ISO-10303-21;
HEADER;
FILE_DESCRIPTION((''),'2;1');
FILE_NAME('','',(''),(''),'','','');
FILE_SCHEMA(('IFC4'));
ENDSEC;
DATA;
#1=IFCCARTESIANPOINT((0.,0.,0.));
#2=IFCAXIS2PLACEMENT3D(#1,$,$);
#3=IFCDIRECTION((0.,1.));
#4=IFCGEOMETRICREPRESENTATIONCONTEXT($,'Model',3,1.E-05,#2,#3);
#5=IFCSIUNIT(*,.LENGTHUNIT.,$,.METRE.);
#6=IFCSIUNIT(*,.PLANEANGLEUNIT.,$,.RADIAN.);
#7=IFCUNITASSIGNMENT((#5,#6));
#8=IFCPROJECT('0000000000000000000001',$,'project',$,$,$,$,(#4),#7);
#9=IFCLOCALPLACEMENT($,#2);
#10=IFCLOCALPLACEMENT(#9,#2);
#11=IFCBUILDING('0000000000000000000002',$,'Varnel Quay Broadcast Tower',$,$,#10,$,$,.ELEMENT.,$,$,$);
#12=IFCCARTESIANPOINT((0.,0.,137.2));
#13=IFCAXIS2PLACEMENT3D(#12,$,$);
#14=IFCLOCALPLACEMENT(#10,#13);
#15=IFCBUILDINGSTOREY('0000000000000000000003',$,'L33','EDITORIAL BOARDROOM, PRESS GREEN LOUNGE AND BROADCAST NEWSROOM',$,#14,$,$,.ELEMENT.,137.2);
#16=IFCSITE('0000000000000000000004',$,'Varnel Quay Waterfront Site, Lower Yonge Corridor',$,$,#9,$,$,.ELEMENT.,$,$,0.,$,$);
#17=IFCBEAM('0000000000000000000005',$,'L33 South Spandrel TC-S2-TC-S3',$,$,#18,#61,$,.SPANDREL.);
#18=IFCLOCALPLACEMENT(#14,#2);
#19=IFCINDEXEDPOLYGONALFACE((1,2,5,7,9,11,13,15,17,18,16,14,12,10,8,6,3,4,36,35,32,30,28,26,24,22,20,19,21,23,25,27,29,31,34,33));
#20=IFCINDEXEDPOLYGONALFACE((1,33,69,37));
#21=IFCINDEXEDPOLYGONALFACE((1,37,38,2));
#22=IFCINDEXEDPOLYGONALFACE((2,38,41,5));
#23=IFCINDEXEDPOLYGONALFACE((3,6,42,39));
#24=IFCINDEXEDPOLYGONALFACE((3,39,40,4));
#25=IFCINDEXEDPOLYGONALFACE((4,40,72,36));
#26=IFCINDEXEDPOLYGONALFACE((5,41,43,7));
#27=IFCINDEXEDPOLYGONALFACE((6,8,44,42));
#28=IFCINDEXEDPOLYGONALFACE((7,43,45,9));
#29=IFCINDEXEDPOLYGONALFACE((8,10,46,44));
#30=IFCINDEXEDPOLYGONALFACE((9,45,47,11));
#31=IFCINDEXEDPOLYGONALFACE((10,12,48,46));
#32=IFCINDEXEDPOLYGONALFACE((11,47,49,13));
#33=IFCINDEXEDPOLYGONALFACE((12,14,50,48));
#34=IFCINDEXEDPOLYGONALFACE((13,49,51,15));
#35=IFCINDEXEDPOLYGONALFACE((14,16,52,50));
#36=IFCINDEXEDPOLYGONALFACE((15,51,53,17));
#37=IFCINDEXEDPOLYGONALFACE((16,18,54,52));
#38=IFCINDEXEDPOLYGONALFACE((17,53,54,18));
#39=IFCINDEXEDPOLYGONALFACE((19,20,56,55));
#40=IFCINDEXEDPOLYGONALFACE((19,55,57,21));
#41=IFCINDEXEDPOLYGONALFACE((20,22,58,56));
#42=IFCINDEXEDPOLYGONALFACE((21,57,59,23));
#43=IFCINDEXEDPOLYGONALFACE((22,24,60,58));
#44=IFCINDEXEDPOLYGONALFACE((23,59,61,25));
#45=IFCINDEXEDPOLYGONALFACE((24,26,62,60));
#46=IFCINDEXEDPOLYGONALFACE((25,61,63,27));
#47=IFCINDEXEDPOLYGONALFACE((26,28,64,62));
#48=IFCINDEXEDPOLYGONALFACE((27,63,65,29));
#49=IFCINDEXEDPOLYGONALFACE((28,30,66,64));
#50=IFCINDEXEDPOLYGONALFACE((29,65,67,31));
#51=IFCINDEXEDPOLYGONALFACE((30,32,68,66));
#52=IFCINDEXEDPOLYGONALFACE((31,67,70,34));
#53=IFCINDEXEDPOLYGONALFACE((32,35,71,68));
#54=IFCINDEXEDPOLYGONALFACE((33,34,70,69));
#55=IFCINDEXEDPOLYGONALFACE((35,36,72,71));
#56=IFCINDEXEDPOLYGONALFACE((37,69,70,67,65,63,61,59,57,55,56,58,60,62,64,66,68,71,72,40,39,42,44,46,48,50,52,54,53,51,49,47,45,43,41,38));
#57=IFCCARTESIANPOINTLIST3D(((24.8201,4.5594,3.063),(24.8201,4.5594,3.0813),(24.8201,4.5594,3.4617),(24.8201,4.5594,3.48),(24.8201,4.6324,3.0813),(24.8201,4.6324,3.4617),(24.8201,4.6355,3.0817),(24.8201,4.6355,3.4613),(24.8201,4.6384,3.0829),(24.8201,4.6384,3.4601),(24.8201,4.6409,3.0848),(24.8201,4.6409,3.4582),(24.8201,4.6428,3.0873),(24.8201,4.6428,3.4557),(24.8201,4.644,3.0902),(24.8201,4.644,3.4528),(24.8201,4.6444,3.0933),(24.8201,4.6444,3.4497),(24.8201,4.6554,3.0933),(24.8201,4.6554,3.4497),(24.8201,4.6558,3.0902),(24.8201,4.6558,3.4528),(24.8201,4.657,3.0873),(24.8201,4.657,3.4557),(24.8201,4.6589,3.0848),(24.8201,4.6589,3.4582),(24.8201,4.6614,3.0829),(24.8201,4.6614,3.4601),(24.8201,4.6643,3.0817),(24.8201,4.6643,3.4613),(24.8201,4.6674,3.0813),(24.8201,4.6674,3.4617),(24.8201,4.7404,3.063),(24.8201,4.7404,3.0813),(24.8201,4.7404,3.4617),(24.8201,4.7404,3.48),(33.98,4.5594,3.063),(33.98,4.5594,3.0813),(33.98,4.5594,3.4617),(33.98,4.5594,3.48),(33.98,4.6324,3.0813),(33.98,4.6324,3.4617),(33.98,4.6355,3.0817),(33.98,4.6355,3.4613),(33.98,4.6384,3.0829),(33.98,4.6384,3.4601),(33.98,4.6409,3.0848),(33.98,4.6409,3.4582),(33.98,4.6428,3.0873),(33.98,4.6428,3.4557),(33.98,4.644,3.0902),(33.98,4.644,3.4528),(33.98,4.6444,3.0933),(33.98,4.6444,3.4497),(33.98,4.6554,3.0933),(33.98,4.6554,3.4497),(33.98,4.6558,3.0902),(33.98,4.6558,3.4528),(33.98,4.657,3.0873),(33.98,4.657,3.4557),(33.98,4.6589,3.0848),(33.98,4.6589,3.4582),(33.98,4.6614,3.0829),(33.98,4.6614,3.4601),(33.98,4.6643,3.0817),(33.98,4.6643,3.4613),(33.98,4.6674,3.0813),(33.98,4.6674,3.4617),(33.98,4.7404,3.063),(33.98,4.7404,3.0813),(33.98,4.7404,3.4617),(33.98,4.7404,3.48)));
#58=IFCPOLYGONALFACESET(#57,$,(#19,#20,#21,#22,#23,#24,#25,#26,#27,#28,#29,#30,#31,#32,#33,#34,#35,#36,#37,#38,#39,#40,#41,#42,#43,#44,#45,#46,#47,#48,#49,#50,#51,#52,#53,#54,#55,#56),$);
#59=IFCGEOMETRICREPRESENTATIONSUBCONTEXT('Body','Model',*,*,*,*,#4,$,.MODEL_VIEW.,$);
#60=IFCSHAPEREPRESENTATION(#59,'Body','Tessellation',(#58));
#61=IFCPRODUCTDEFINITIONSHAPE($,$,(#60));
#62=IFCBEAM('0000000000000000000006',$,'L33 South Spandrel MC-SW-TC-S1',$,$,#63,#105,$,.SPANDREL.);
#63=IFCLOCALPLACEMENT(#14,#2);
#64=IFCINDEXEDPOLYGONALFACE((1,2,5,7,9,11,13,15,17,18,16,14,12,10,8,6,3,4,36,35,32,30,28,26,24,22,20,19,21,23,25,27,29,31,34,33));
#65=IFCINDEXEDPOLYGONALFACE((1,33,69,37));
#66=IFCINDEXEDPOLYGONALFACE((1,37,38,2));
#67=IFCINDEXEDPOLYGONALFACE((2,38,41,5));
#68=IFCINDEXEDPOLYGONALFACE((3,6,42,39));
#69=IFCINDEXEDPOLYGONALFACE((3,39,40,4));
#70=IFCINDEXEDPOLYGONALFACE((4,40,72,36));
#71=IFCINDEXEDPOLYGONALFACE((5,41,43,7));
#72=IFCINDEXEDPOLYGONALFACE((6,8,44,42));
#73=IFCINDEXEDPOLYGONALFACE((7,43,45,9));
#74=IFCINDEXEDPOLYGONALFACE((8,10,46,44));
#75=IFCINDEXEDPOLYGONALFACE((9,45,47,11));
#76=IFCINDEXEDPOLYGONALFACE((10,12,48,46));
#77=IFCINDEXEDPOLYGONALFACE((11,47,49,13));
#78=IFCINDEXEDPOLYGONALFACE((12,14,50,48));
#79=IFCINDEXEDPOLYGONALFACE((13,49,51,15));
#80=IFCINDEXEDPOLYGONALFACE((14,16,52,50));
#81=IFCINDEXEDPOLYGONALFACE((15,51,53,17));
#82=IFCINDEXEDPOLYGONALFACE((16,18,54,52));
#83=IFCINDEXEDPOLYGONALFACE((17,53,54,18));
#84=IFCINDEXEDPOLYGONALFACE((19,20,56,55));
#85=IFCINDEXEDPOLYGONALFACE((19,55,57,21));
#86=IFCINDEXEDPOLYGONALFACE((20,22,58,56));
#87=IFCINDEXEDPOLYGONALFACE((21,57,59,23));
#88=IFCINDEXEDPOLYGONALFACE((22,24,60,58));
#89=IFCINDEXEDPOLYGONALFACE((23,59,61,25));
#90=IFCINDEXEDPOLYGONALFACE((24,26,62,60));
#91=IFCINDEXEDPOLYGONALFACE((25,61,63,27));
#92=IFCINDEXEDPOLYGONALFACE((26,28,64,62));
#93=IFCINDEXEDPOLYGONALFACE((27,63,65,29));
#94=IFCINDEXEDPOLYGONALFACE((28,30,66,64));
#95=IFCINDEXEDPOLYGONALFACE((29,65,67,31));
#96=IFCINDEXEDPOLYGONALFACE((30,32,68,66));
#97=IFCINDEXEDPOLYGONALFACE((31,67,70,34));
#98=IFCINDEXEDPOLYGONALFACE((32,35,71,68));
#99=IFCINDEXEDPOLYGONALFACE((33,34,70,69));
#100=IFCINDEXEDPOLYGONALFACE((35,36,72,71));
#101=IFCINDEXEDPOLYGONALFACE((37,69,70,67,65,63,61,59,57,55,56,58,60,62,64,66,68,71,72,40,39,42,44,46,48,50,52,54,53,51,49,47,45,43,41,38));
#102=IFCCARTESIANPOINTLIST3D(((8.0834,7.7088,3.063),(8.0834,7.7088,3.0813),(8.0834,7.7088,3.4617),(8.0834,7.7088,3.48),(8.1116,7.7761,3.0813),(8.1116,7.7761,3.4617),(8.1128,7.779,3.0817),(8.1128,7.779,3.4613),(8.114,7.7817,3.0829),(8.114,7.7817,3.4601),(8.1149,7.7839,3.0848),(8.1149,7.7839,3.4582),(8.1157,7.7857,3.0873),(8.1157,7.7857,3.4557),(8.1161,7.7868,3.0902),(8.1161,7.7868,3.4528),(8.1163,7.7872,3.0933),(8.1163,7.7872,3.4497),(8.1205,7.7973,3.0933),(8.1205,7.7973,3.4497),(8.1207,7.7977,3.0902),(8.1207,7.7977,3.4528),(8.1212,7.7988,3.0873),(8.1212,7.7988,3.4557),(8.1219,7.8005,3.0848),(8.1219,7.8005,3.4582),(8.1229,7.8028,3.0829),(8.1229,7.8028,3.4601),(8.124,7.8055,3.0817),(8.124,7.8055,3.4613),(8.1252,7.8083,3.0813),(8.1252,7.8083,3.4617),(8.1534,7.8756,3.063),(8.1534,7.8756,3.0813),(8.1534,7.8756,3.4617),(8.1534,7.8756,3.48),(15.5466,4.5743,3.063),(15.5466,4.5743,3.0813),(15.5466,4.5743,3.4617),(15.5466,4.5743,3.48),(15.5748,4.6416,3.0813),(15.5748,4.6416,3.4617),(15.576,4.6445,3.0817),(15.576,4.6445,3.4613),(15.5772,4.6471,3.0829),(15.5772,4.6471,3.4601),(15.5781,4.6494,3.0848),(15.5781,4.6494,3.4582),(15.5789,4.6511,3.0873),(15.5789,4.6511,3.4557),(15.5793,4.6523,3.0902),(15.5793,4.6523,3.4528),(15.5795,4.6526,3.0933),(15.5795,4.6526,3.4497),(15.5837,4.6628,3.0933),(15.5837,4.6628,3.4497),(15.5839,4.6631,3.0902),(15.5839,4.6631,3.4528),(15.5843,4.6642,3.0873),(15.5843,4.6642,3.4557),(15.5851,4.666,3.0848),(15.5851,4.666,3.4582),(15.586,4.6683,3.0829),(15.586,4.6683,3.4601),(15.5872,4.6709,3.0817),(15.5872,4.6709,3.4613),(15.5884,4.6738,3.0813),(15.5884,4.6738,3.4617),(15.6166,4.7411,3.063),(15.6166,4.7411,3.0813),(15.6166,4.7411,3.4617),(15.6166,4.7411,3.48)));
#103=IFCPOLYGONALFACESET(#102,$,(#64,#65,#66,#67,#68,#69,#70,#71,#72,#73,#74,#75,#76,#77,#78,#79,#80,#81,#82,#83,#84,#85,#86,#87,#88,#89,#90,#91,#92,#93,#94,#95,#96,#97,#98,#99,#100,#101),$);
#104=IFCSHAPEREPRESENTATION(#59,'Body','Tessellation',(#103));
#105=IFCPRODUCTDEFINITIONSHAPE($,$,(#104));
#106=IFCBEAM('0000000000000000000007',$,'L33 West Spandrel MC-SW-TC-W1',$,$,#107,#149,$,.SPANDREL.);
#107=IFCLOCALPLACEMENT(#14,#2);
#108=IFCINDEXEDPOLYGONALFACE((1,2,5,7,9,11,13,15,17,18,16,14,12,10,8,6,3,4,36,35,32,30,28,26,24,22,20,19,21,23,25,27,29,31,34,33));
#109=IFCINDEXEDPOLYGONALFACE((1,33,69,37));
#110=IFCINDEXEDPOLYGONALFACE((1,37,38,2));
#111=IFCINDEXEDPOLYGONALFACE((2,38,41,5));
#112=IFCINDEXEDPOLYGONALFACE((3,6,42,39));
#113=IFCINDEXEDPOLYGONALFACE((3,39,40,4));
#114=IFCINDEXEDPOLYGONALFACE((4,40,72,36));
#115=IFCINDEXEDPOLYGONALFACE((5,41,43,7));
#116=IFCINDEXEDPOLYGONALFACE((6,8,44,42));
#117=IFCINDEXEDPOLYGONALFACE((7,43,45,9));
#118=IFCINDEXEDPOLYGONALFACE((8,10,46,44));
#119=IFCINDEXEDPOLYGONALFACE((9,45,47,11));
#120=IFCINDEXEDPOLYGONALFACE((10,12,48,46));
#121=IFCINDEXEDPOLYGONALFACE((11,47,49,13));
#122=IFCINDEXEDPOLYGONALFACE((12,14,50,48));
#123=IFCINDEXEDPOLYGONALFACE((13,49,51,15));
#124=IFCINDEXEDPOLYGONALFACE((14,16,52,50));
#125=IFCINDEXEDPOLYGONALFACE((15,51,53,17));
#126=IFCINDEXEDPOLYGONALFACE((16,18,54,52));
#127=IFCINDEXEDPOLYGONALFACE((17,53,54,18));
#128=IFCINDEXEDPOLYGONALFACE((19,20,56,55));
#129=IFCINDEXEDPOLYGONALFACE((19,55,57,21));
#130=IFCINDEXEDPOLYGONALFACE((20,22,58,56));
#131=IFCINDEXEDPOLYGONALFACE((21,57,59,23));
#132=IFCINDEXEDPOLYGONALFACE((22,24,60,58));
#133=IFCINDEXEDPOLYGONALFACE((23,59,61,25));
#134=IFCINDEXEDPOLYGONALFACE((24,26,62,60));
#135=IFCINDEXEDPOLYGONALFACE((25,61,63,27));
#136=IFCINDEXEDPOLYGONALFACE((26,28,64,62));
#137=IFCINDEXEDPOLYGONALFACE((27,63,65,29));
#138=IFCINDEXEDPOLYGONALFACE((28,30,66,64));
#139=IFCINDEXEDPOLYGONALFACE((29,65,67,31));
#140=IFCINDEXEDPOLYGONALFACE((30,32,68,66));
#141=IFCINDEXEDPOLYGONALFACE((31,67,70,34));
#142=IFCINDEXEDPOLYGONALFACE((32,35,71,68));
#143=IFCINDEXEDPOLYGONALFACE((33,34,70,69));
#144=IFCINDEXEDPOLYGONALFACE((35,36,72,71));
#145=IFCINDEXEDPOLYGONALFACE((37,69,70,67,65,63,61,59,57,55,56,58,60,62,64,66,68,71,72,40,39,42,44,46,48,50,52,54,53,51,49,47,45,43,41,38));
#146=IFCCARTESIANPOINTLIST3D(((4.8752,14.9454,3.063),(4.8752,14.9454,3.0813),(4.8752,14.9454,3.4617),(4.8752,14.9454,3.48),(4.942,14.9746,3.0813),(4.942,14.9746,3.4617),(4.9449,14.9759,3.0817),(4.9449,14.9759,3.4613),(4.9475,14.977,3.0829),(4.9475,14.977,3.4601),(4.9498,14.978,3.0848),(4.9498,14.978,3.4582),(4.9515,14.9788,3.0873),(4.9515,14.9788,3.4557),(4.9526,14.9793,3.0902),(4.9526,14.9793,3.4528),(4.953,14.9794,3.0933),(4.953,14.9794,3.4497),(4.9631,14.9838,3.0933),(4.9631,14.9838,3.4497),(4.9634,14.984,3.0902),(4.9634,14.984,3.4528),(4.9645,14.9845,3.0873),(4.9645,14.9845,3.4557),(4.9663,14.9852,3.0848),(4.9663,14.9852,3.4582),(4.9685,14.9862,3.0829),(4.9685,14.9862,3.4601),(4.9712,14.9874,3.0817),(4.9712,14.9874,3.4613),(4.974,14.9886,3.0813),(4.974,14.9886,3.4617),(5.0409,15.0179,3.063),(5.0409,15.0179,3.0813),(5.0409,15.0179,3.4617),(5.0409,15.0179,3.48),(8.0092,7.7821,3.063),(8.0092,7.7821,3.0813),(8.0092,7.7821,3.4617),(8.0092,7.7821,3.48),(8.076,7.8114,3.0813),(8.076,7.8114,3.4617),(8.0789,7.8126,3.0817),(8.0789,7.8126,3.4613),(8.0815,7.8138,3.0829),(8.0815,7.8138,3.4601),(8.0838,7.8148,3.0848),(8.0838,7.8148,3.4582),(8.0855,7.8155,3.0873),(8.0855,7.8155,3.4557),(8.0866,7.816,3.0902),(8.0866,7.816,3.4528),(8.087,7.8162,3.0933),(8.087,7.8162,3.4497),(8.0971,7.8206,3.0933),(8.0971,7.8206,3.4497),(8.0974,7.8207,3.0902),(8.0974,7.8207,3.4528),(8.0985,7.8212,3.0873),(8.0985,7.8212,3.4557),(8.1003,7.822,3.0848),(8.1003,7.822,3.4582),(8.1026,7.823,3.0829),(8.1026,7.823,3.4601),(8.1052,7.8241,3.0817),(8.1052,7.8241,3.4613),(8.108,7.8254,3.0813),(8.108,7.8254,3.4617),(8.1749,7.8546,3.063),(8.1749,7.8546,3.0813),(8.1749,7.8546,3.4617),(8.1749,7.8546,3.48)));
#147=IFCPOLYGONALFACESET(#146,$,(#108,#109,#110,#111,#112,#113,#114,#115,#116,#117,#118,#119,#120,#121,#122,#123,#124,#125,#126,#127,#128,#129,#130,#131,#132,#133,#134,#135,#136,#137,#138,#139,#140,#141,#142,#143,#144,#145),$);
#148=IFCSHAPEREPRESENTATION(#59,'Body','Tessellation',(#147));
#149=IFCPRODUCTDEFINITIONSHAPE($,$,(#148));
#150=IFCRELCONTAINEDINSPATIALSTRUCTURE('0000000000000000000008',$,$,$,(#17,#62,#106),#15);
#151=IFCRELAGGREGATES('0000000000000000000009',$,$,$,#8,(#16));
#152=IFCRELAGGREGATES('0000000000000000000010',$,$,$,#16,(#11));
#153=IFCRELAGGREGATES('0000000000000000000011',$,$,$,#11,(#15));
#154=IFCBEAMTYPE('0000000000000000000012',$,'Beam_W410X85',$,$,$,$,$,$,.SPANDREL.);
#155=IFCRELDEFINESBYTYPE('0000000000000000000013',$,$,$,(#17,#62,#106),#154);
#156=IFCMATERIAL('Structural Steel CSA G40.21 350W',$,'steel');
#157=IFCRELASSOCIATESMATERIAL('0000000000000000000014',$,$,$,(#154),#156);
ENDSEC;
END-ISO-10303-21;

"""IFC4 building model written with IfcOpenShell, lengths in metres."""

from ifc_helpers import new_model, si_unit, direction, frame, origin, origin_2d, place, context, subcontext, project, spatial, i_section, extrude, source, transform, mapped, material, material_profile, profile_set, type_object, type_shapes, element, save


model = new_model("IFC4")

# Units and contexts
model_context = context("Model", 3, precision=1e-05, world=origin(), true_north=direction((0.0, 1.0)))
body_context = subcontext(model_context, "Body", "Model", "MODEL_VIEW")
ifc_project = project(units=[si_unit("LENGTHUNIT", "METRE"), si_unit("PLANEANGLEUNIT", "RADIAN")], contexts=[model_context])

# Site, building, storey
site_placement = place(None, origin())
site = spatial("IfcSite", under=ifc_project, at=site_placement, Name="Varnel Quay Waterfront Site, Lower Yonge Corridor", CompositionType="ELEMENT", RefElevation=0.0)
building_placement = place(site_placement, origin())
building = spatial("IfcBuilding", under=site, at=building_placement, Name="Varnel Quay Broadcast Tower", CompositionType="ELEMENT")
storey_placement = place(building_placement, frame((0.0, 0.0, 137.2)))
storey = spatial("IfcBuildingStorey", under=building, at=storey_placement, Name="L33", Description="EDITORIAL BOARDROOM, PRESS GREEN LOUNGE AND BROADCAST NEWSROOM", CompositionType="ELEMENT", Elevation=137.2)

# Shared definitions
ifc_material_1 = material(Name="Structural Steel CSA G40.21 350W", Category="steel")

# Beams
ifc_material_profile_1 = material_profile(ifc_material_1, i_section(OverallWidth=0.1809, OverallDepth=0.417, WebThickness=0.011, FlangeThickness=0.0183, FilletRadius=0.012, at=origin_2d()), Name="W410X85")
ifc_profile_set_1 = profile_set([ifc_material_profile_1], Name="Structural Steel CSA G40.21 350W")
beam_type_1 = type_object("IfcBeamType", Name="Beam_W410X85", PredefinedType="SPANDREL", material=ifc_profile_set_1)
shared_shape_1 = source(origin(), body_context, "Body", "SweptSolid", [
    extrude(i_section(OverallWidth=0.1809, OverallDepth=0.417, WebThickness=0.011, FlangeThickness=0.0183, FilletRadius=0.012, at=origin_2d()), origin(), (0.0, 0.0, 1.0), 9.1599),
])
for number, where, z_axis, x_axis, name in (
    (1, (24.8201, 4.6499, 3.2715), (1.0, 0.0, 0.0), (0.0, 1.0, 0.0), "L33 South Spandrel TC-S2-TC-S3"),
):
    element("IfcBeam", number, at=place(storey_placement, frame(where, z_axis=z_axis, x_axis=x_axis)), inside=storey, type_object=beam_type_1, Name=name, PredefinedType="SPANDREL", context=body_context, shape_type="MappedRepresentation", body=[
        mapped(shared_shape_1, transform((0.0, 0.0, 0.0), x_axis=(1.0, 0.0, 0.0), y_axis=(0.0, 1.0, 0.0), z_axis=(0.0, 0.0, 1.0), scale=1.0)),
    ])
shared_shape_2 = source(origin(), body_context, "Body", "SweptSolid", [
    extrude(i_section(OverallWidth=0.1809, OverallDepth=0.417, WebThickness=0.011, FlangeThickness=0.0183, FilletRadius=0.012, at=origin_2d()), origin(), (0.0, 0.0, 1.0), 8.0947),
])
beam_1_placement = place(storey_placement, frame((8.1184, 7.7922, 3.2715), z_axis=(0.921982, -0.387233, 0.0), x_axis=(0.387233, 0.921982, 0.0)))
element("IfcBeam", 2, at=beam_1_placement, inside=storey, type_object=beam_type_1, Name="L33 South Spandrel MC-SW-TC-S1", PredefinedType="SPANDREL", context=body_context, shape_type="MappedRepresentation", body=[
    mapped(shared_shape_2, transform((0.0, 0.0, 0.0), x_axis=(1.0, 0.0, 0.0), y_axis=(0.0, 1.0, 0.0), z_axis=(0.0, 0.0, 1.0), scale=1.0)),
])
shared_shape_3 = source(origin(), body_context, "Body", "SweptSolid", [
    extrude(i_section(OverallWidth=0.1809, OverallDepth=0.417, WebThickness=0.011, FlangeThickness=0.0183, FilletRadius=0.012, at=origin_2d()), origin(), (0.0, 0.0, 1.0), 7.8188),
])
type_shapes(beam_type_1, [shared_shape_1, shared_shape_2, shared_shape_3])
beam_2_placement = place(storey_placement, frame((8.092, 7.8184, 3.2715), z_axis=(-0.400827, 0.916154, 0.0), x_axis=(-0.916154, -0.400827, 0.0)))
element("IfcBeam", 3, at=beam_2_placement, inside=storey, type_object=beam_type_1, Name="L33 West Spandrel MC-SW-TC-W1", PredefinedType="SPANDREL", context=body_context, shape_type="MappedRepresentation", body=[
    mapped(shared_shape_3, transform((0.0, 0.0, 0.0), x_axis=(1.0, 0.0, 0.0), y_axis=(0.0, 1.0, 0.0), z_axis=(0.0, 0.0, 1.0), scale=1.0)),
])

save(model, "model.ifc")
